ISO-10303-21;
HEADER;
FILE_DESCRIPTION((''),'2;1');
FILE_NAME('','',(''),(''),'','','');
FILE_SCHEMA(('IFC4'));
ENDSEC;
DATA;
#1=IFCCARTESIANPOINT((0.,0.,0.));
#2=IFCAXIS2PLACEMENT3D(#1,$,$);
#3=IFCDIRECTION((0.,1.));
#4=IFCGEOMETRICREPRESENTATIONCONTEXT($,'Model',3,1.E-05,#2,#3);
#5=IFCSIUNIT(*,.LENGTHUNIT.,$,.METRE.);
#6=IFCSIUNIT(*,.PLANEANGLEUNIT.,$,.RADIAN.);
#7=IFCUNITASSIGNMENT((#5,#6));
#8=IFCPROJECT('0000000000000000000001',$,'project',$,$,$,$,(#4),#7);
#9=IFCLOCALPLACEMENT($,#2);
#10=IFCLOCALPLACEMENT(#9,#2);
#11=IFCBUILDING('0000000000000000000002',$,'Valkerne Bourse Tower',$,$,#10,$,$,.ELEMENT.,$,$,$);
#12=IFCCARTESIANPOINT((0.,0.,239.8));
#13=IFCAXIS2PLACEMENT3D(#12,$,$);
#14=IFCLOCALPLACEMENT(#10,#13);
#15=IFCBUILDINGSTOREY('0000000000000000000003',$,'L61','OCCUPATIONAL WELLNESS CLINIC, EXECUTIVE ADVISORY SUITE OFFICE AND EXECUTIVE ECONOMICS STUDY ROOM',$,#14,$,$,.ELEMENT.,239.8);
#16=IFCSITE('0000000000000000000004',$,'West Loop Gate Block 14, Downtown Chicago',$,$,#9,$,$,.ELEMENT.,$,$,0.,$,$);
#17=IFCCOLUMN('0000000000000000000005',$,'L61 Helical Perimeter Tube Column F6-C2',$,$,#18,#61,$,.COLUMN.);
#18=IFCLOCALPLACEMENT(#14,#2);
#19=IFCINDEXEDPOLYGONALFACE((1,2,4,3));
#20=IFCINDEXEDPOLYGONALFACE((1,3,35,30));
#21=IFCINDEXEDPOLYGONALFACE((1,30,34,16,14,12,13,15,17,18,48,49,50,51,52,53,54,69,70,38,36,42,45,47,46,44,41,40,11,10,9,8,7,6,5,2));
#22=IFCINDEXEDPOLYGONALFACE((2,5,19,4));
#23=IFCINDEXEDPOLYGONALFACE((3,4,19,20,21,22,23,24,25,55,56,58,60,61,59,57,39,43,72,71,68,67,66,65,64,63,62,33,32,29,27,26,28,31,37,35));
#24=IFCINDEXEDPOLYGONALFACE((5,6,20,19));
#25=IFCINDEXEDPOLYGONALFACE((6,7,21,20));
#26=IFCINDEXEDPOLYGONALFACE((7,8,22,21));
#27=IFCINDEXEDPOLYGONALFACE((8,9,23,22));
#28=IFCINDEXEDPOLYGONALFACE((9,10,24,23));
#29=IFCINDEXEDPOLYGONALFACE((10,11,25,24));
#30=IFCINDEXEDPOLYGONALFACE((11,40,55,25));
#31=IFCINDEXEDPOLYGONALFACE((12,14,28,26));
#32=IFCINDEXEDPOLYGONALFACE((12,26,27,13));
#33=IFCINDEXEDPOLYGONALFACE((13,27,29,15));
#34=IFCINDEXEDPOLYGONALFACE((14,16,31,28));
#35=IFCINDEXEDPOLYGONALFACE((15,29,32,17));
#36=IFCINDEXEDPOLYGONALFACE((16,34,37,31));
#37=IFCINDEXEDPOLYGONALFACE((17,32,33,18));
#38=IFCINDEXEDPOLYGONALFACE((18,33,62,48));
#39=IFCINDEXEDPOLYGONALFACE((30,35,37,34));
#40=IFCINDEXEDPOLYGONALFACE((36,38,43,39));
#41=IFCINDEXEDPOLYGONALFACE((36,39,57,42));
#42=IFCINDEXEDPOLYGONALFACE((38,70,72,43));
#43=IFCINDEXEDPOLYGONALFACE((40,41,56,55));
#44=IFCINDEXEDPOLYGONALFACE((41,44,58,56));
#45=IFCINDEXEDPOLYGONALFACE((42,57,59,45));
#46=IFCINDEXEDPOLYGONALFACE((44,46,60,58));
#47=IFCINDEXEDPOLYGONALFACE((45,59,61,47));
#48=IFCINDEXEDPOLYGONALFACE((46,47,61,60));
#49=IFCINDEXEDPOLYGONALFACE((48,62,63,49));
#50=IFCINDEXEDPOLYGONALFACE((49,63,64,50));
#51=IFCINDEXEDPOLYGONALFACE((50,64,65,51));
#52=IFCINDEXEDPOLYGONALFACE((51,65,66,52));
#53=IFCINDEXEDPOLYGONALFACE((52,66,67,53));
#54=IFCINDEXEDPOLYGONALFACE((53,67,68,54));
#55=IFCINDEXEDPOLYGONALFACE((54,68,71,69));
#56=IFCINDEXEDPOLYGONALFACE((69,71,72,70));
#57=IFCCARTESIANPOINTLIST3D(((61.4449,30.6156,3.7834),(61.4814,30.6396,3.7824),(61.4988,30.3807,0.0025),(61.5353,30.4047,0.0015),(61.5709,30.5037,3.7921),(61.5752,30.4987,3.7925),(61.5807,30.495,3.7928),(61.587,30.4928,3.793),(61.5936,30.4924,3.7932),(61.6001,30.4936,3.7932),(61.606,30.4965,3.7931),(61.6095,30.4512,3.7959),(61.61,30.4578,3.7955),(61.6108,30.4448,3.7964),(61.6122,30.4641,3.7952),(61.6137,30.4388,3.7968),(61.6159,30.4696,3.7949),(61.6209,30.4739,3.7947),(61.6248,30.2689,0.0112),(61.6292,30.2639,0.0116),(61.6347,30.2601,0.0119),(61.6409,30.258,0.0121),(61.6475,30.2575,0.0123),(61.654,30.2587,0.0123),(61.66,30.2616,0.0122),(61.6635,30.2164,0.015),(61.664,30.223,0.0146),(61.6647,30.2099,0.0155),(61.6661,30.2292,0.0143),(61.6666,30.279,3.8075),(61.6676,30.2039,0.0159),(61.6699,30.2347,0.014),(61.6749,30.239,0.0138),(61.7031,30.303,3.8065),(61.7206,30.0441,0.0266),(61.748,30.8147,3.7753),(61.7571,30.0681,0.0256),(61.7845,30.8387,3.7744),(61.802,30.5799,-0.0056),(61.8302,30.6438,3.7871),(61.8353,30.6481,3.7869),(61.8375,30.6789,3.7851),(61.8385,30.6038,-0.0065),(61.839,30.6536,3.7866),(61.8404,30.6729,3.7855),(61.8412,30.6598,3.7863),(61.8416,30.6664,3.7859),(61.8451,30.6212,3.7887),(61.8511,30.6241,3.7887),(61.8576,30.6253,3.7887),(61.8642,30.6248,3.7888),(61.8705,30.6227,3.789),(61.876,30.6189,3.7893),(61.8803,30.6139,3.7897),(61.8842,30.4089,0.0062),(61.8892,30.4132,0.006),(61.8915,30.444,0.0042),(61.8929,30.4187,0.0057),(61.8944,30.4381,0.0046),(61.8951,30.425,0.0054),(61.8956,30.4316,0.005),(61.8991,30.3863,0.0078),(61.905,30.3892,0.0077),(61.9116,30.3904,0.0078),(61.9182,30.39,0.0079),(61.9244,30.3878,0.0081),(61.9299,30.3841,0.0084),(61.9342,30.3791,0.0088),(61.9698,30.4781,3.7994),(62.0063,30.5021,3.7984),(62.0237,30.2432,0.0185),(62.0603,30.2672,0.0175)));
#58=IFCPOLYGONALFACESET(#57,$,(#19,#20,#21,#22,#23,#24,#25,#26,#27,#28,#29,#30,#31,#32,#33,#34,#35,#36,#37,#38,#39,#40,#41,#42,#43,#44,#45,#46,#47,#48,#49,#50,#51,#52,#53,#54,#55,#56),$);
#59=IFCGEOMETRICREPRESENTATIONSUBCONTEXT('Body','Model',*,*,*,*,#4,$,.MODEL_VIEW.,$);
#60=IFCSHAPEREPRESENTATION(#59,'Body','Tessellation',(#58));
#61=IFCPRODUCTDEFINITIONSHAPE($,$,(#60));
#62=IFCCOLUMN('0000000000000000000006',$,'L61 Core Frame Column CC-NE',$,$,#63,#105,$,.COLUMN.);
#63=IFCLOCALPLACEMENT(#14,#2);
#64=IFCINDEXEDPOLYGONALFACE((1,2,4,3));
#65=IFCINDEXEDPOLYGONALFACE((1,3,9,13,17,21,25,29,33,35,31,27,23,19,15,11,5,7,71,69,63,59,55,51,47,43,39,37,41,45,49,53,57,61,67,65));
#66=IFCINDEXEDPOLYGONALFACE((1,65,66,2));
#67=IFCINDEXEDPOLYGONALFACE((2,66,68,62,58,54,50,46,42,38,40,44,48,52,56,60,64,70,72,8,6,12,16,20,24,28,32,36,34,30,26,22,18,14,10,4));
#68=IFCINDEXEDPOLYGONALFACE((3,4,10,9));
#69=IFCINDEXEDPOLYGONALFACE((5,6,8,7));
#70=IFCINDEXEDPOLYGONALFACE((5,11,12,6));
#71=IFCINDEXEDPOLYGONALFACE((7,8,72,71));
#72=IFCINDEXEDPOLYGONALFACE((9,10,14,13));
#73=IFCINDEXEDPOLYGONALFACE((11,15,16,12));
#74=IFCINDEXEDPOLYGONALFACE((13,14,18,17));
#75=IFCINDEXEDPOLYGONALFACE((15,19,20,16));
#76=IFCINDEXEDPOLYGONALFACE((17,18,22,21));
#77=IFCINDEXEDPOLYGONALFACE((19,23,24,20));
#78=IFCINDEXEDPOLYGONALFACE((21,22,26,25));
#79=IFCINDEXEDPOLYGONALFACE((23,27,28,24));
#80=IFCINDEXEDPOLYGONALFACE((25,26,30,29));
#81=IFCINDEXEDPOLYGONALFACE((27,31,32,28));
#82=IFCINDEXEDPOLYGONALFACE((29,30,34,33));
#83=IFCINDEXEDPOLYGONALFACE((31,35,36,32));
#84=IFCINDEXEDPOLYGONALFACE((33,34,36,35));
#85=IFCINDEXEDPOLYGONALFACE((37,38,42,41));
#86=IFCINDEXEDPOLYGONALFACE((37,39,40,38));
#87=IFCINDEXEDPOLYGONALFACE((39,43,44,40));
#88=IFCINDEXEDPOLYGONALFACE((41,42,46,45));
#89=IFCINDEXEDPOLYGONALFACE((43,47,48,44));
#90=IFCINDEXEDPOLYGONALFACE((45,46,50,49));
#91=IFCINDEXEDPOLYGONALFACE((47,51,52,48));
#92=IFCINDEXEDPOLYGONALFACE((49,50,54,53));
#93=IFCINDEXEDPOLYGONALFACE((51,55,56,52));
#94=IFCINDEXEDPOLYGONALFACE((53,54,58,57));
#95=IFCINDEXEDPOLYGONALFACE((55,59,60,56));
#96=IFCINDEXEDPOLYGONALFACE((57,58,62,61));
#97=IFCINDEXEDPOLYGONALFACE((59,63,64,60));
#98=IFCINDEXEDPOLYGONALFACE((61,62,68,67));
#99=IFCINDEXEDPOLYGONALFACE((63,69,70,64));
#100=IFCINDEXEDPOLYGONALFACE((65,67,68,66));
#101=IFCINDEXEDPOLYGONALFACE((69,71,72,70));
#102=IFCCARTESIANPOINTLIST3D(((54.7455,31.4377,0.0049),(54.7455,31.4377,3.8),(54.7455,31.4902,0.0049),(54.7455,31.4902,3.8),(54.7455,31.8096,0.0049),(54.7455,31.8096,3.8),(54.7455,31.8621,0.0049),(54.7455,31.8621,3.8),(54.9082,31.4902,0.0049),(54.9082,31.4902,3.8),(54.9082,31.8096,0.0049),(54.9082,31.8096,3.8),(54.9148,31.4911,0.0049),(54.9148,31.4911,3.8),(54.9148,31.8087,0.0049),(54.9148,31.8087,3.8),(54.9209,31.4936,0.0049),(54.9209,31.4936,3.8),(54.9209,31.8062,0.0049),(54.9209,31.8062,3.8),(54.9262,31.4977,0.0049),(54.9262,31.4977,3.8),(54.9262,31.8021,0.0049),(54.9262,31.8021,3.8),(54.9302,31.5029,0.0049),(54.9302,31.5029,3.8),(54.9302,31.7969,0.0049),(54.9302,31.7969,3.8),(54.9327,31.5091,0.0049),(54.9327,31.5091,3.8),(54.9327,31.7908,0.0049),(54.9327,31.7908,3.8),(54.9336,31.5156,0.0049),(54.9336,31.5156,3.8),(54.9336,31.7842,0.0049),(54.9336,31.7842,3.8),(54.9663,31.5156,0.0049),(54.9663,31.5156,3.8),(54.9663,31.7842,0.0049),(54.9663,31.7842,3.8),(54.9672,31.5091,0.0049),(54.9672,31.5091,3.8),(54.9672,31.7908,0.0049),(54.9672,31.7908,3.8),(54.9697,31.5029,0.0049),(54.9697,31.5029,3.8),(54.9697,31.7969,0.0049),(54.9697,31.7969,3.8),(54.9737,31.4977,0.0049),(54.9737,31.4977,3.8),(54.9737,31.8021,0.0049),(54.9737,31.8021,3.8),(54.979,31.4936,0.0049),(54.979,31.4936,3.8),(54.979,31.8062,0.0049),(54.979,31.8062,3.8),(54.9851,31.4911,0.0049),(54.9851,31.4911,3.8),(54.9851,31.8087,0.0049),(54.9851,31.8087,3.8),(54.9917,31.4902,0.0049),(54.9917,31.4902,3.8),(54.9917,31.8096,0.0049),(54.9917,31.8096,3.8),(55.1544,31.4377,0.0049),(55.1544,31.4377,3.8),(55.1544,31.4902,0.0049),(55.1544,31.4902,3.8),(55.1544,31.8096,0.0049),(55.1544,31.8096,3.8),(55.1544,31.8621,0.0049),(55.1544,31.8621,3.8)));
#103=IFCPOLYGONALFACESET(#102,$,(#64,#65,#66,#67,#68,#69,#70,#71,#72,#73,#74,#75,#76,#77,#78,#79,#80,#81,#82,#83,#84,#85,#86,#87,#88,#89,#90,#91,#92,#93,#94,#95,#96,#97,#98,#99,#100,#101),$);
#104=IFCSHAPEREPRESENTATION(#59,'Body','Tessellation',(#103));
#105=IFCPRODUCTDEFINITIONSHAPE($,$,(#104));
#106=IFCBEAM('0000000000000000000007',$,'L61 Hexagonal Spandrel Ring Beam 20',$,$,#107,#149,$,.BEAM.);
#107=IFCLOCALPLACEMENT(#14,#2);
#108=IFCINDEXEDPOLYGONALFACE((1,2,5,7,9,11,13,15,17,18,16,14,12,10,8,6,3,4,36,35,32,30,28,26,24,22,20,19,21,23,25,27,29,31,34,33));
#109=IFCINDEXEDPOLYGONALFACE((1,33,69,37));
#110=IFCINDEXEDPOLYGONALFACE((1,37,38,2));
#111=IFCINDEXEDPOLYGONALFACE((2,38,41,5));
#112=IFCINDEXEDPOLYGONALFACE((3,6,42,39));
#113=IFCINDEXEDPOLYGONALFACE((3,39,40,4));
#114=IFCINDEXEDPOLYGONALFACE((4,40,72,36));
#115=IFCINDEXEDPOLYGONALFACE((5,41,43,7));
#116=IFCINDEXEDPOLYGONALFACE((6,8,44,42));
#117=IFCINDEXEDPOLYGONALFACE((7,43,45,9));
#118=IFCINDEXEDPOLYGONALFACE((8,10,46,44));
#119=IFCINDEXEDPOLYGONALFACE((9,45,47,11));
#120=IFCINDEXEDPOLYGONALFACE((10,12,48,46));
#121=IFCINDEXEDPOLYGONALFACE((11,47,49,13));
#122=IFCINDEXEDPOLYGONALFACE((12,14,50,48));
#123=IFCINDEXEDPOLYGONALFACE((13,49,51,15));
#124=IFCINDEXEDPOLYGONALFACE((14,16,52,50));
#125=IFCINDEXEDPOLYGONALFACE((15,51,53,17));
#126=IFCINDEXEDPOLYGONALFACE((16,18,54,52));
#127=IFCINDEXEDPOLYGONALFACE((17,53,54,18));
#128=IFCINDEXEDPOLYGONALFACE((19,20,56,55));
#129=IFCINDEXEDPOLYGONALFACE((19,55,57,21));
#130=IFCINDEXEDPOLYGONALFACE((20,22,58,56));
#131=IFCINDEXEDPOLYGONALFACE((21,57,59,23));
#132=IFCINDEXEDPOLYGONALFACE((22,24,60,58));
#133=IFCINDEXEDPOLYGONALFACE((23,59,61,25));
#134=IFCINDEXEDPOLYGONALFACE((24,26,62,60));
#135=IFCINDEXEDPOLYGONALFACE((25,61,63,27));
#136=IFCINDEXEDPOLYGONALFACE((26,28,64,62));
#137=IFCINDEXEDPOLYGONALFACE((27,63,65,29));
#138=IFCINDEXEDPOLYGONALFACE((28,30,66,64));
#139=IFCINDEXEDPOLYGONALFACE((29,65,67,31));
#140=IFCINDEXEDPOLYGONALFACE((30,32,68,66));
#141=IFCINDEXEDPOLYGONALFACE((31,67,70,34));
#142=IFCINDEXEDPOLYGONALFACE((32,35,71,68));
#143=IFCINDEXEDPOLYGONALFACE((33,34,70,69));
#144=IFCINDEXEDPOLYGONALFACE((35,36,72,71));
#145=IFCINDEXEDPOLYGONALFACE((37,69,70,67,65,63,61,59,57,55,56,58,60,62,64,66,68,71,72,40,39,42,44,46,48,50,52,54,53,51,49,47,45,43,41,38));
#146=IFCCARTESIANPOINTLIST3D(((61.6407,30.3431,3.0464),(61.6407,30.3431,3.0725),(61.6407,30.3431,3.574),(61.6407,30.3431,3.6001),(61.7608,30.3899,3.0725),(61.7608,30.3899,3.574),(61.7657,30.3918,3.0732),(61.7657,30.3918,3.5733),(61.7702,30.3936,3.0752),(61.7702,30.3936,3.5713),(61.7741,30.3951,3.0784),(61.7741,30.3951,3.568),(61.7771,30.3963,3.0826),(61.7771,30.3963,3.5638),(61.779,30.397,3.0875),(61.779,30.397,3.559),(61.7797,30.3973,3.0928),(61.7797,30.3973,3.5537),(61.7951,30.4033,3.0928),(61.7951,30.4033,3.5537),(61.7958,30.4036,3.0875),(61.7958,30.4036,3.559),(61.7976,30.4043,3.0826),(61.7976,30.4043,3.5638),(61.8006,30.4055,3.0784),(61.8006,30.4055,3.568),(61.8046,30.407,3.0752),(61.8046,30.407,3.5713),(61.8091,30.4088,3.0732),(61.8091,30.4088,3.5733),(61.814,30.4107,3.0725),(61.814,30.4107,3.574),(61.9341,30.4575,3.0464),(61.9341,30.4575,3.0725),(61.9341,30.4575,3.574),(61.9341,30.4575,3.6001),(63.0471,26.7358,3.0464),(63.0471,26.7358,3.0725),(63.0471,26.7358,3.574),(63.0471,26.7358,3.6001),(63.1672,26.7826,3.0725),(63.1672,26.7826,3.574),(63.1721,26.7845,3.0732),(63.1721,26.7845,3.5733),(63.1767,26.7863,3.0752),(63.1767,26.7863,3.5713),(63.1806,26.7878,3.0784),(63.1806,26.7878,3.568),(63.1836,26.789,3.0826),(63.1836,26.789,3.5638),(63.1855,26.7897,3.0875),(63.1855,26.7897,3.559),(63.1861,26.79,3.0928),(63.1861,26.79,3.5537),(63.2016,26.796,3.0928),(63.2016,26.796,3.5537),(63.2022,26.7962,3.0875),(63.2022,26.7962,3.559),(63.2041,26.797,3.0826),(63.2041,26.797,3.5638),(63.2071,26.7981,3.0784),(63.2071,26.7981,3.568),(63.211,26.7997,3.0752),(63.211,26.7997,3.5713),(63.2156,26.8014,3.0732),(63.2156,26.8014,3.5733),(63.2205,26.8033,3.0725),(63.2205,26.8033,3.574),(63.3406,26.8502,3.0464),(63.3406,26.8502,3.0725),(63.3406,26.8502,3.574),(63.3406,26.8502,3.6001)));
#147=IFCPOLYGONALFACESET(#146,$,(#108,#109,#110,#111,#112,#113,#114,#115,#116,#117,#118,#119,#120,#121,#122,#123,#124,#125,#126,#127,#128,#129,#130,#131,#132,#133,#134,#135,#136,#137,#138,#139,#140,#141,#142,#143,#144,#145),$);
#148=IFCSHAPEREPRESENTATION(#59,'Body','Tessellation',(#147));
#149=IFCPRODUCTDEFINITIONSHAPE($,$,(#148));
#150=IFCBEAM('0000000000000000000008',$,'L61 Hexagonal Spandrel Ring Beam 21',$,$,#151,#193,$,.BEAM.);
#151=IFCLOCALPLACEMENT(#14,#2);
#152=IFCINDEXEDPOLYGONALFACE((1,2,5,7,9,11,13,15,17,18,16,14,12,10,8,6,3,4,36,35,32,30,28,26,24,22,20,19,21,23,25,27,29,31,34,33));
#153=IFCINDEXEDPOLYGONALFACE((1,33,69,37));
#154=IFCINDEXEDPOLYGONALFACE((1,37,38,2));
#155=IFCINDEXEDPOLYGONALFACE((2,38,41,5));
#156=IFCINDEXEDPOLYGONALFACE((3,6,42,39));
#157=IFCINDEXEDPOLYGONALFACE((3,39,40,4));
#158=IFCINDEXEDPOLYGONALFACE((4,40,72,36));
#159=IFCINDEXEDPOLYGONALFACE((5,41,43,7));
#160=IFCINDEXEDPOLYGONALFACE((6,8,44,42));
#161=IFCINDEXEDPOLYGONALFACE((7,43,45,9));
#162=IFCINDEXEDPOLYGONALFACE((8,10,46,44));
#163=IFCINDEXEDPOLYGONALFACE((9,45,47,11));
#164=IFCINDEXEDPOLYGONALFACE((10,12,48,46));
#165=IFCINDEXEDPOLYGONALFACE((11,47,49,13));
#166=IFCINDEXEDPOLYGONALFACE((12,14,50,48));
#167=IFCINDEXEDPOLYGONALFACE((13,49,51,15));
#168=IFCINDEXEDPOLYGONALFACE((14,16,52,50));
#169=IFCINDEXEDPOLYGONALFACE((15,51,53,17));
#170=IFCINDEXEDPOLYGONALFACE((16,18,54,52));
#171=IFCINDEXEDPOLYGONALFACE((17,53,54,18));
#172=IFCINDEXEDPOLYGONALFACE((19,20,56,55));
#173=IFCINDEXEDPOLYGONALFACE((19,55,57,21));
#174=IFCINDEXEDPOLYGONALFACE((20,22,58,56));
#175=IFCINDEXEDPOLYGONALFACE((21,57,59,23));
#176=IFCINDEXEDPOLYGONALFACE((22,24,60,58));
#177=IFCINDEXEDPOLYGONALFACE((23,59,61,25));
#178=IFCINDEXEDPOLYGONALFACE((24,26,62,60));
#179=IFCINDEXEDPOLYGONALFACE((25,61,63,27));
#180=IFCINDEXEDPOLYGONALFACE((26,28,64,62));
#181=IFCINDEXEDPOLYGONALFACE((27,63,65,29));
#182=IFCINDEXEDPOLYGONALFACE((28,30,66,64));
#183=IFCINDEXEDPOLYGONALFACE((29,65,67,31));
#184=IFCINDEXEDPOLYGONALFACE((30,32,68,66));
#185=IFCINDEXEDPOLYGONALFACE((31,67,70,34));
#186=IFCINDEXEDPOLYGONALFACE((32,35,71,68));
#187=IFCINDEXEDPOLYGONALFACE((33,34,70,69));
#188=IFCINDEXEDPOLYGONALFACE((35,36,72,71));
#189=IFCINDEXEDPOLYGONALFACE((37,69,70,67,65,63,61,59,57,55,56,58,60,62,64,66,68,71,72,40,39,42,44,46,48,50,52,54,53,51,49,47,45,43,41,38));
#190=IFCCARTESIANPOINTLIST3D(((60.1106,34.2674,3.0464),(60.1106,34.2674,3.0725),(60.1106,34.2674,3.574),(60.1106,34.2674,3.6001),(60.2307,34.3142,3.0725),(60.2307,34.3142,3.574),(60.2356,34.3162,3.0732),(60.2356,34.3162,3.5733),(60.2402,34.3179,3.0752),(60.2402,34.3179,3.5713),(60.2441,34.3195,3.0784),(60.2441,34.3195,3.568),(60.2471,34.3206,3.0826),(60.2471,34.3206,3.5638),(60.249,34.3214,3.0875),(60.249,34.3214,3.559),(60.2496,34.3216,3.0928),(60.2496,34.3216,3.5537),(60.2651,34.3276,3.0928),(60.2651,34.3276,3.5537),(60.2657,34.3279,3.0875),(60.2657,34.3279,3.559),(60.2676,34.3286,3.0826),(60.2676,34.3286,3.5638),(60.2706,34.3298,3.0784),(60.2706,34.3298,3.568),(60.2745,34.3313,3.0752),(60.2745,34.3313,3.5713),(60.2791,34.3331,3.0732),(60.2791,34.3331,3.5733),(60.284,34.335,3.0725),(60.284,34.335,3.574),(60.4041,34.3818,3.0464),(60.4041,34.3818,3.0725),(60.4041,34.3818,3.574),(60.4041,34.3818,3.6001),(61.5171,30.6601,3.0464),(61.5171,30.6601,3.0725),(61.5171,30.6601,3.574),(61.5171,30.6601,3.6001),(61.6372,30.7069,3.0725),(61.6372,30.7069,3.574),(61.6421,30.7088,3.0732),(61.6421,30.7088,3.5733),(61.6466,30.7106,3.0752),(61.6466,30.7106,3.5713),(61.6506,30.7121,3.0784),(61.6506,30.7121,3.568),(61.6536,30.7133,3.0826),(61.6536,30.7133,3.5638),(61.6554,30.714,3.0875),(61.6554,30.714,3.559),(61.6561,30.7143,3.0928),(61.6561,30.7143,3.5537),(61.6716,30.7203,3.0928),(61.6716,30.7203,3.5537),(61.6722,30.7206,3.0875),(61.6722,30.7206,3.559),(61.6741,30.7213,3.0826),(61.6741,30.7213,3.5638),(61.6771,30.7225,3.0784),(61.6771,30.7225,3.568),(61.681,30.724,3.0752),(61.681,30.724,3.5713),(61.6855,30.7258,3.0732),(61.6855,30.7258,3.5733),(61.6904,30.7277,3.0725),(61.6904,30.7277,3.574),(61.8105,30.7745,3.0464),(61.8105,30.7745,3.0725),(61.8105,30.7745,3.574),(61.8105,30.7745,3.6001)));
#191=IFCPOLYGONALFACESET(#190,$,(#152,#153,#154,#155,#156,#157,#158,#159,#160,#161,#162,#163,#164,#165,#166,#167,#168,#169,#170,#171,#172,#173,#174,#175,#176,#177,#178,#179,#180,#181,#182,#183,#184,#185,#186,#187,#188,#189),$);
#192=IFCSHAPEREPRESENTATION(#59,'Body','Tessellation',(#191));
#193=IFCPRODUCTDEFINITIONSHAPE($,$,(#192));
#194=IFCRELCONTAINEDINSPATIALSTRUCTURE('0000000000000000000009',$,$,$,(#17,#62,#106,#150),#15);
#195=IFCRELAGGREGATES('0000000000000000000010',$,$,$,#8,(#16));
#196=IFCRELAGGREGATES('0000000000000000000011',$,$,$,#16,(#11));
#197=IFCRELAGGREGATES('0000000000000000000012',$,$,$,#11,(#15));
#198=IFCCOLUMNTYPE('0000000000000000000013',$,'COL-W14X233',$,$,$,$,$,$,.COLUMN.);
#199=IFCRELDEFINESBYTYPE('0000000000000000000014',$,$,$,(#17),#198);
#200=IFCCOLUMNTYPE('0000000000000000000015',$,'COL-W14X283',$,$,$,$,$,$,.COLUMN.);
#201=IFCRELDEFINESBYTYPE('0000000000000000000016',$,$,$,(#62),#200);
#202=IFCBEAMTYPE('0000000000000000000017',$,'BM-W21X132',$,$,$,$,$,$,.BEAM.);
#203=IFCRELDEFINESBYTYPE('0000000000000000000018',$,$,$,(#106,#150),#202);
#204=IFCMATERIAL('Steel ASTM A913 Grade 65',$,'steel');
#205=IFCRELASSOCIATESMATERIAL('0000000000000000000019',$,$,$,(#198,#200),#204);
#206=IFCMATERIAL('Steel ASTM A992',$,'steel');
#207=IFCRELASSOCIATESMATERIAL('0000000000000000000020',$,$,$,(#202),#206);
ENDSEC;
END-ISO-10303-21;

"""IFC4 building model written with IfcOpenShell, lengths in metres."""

from ifc_helpers import new_model, si_unit, direction, frame, origin, origin_2d, place, context, subcontext, project, spatial, i_section, extrude, material, material_profile, profile_set, type_object, element, save


model = new_model("IFC4")

# Units and contexts
model_context = context("Model", 3, precision=1e-05, world=origin(), true_north=direction((0.0, 1.0)))
body_context = subcontext(model_context, "Body", "Model", "MODEL_VIEW")
ifc_project = project(units=[si_unit("LENGTHUNIT", "METRE"), si_unit("PLANEANGLEUNIT", "RADIAN")], contexts=[model_context])

# Site, building, storey
site_placement = place(None, origin())
site = spatial("IfcSite", under=ifc_project, at=site_placement, Name="West Loop Gate Block 14, Downtown Chicago", CompositionType="ELEMENT", RefElevation=0.0)
building_placement = place(site_placement, origin())
building = spatial("IfcBuilding", under=site, at=building_placement, Name="Valkerne Bourse Tower", CompositionType="ELEMENT")
storey_placement = place(building_placement, frame((0.0, 0.0, 239.8)))
storey = spatial("IfcBuildingStorey", under=building, at=storey_placement, Name="L61", Description="OCCUPATIONAL WELLNESS CLINIC, EXECUTIVE ADVISORY SUITE OFFICE AND EXECUTIVE ECONOMICS STUDY ROOM", CompositionType="ELEMENT", Elevation=239.8)

# Columns
ifc_material_1 = material(Name="Steel ASTM A913 Grade 65", Category="steel")
ifc_material_profile_1 = material_profile(ifc_material_1, i_section(OverallWidth=0.4038, OverallDepth=0.4065, WebThickness=0.0271, FlangeThickness=0.0437, FilletRadius=0.0254, at=origin_2d()), Name="W14X233")
ifc_profile_set_1 = profile_set([ifc_material_profile_1], Name="Steel ASTM A913 Grade 65")
column_type_1 = type_object("IfcColumnType", Name="COL-W14X233", PredefinedType="COLUMN", material=ifc_profile_set_1)
column_1_placement = place(storey_placement, frame((61.7795, 30.324, 0.01), z_axis=(-0.014241, 0.061991, 0.997975), x_axis=(0.549153, -0.833593, 0.059616)))
element("IfcColumn", 1, at=column_1_placement, inside=storey, type_object=column_type_1, Name="L61 Helical Perimeter Tube Column F6-C2", PredefinedType="COLUMN", context=body_context, shape_type="SweptSolid", body=[
    extrude(i_section(OverallWidth=0.4038, OverallDepth=0.4065, WebThickness=0.0271, FlangeThickness=0.0437, FilletRadius=0.0254, at=origin_2d()), origin(), (0.0, 0.0, 1.0), 3.7886),
])
ifc_material_profile_2 = material_profile(ifc_material_1, i_section(OverallWidth=0.4089, OverallDepth=0.4243, WebThickness=0.0327, FlangeThickness=0.0525, FilletRadius=0.0254, at=origin_2d()), Name="W14X283")
ifc_profile_set_2 = profile_set([ifc_material_profile_2], Name="Steel ASTM A913 Grade 65")
column_type_2 = type_object("IfcColumnType", Name="COL-W14X283", PredefinedType="COLUMN", material=ifc_profile_set_2)
column_2_placement = place(storey_placement, frame((54.95, 31.6499, 0.0049), z_axis=(0.0, 0.0, 1.0), x_axis=(1.0, 0.0, 0.0)))
element("IfcColumn", 2, at=column_2_placement, inside=storey, type_object=column_type_2, Name="L61 Core Frame Column CC-NE", PredefinedType="COLUMN", context=body_context, shape_type="SweptSolid", body=[
    extrude(i_section(OverallWidth=0.4089, OverallDepth=0.4243, WebThickness=0.0327, FlangeThickness=0.0525, FilletRadius=0.0254, at=origin_2d()), origin(), (0.0, 0.0, 1.0), 3.7952),
])

# Beams
ifc_material_2 = material(Name="Steel ASTM A992", Category="steel")
ifc_material_profile_3 = material_profile(ifc_material_2, i_section(OverallWidth=0.3149, OverallDepth=0.5537, WebThickness=0.0166, FlangeThickness=0.0261, FilletRadius=0.0203, at=origin_2d()), Name="W21X132")
ifc_profile_set_3 = profile_set([ifc_material_profile_3], Name="Steel ASTM A992")
beam_type_1 = type_object("IfcBeamType", Name="BM-W21X132", PredefinedType="BEAM", material=ifc_profile_set_3)
for number, where, z_axis, x_axis, name in (
    (3, (63.1938, 26.793, 3.3232), (-0.363256, 0.93169, 0.0), (-0.93169, -0.363256, 0.0), "L61 Hexagonal Spandrel Ring Beam 20"),
    (4, (61.6638, 30.7173, 3.3232), (-0.363256, 0.93169, 0.0), (-0.93169, -0.363256, 0.0), "L61 Hexagonal Spandrel Ring Beam 21"),
):
    element("IfcBeam", number, at=place(storey_placement, frame(where, z_axis=z_axis, x_axis=x_axis)), inside=storey, type_object=beam_type_1, Name=name, PredefinedType="BEAM", context=body_context, shape_type="SweptSolid", body=[
        extrude(i_section(OverallWidth=0.3149, OverallDepth=0.5537, WebThickness=0.0166, FlangeThickness=0.0261, FilletRadius=0.0203, at=origin_2d()), origin(), (0.0, 0.0, 1.0), 3.8718),
    ])

save(model, "model.ifc")
